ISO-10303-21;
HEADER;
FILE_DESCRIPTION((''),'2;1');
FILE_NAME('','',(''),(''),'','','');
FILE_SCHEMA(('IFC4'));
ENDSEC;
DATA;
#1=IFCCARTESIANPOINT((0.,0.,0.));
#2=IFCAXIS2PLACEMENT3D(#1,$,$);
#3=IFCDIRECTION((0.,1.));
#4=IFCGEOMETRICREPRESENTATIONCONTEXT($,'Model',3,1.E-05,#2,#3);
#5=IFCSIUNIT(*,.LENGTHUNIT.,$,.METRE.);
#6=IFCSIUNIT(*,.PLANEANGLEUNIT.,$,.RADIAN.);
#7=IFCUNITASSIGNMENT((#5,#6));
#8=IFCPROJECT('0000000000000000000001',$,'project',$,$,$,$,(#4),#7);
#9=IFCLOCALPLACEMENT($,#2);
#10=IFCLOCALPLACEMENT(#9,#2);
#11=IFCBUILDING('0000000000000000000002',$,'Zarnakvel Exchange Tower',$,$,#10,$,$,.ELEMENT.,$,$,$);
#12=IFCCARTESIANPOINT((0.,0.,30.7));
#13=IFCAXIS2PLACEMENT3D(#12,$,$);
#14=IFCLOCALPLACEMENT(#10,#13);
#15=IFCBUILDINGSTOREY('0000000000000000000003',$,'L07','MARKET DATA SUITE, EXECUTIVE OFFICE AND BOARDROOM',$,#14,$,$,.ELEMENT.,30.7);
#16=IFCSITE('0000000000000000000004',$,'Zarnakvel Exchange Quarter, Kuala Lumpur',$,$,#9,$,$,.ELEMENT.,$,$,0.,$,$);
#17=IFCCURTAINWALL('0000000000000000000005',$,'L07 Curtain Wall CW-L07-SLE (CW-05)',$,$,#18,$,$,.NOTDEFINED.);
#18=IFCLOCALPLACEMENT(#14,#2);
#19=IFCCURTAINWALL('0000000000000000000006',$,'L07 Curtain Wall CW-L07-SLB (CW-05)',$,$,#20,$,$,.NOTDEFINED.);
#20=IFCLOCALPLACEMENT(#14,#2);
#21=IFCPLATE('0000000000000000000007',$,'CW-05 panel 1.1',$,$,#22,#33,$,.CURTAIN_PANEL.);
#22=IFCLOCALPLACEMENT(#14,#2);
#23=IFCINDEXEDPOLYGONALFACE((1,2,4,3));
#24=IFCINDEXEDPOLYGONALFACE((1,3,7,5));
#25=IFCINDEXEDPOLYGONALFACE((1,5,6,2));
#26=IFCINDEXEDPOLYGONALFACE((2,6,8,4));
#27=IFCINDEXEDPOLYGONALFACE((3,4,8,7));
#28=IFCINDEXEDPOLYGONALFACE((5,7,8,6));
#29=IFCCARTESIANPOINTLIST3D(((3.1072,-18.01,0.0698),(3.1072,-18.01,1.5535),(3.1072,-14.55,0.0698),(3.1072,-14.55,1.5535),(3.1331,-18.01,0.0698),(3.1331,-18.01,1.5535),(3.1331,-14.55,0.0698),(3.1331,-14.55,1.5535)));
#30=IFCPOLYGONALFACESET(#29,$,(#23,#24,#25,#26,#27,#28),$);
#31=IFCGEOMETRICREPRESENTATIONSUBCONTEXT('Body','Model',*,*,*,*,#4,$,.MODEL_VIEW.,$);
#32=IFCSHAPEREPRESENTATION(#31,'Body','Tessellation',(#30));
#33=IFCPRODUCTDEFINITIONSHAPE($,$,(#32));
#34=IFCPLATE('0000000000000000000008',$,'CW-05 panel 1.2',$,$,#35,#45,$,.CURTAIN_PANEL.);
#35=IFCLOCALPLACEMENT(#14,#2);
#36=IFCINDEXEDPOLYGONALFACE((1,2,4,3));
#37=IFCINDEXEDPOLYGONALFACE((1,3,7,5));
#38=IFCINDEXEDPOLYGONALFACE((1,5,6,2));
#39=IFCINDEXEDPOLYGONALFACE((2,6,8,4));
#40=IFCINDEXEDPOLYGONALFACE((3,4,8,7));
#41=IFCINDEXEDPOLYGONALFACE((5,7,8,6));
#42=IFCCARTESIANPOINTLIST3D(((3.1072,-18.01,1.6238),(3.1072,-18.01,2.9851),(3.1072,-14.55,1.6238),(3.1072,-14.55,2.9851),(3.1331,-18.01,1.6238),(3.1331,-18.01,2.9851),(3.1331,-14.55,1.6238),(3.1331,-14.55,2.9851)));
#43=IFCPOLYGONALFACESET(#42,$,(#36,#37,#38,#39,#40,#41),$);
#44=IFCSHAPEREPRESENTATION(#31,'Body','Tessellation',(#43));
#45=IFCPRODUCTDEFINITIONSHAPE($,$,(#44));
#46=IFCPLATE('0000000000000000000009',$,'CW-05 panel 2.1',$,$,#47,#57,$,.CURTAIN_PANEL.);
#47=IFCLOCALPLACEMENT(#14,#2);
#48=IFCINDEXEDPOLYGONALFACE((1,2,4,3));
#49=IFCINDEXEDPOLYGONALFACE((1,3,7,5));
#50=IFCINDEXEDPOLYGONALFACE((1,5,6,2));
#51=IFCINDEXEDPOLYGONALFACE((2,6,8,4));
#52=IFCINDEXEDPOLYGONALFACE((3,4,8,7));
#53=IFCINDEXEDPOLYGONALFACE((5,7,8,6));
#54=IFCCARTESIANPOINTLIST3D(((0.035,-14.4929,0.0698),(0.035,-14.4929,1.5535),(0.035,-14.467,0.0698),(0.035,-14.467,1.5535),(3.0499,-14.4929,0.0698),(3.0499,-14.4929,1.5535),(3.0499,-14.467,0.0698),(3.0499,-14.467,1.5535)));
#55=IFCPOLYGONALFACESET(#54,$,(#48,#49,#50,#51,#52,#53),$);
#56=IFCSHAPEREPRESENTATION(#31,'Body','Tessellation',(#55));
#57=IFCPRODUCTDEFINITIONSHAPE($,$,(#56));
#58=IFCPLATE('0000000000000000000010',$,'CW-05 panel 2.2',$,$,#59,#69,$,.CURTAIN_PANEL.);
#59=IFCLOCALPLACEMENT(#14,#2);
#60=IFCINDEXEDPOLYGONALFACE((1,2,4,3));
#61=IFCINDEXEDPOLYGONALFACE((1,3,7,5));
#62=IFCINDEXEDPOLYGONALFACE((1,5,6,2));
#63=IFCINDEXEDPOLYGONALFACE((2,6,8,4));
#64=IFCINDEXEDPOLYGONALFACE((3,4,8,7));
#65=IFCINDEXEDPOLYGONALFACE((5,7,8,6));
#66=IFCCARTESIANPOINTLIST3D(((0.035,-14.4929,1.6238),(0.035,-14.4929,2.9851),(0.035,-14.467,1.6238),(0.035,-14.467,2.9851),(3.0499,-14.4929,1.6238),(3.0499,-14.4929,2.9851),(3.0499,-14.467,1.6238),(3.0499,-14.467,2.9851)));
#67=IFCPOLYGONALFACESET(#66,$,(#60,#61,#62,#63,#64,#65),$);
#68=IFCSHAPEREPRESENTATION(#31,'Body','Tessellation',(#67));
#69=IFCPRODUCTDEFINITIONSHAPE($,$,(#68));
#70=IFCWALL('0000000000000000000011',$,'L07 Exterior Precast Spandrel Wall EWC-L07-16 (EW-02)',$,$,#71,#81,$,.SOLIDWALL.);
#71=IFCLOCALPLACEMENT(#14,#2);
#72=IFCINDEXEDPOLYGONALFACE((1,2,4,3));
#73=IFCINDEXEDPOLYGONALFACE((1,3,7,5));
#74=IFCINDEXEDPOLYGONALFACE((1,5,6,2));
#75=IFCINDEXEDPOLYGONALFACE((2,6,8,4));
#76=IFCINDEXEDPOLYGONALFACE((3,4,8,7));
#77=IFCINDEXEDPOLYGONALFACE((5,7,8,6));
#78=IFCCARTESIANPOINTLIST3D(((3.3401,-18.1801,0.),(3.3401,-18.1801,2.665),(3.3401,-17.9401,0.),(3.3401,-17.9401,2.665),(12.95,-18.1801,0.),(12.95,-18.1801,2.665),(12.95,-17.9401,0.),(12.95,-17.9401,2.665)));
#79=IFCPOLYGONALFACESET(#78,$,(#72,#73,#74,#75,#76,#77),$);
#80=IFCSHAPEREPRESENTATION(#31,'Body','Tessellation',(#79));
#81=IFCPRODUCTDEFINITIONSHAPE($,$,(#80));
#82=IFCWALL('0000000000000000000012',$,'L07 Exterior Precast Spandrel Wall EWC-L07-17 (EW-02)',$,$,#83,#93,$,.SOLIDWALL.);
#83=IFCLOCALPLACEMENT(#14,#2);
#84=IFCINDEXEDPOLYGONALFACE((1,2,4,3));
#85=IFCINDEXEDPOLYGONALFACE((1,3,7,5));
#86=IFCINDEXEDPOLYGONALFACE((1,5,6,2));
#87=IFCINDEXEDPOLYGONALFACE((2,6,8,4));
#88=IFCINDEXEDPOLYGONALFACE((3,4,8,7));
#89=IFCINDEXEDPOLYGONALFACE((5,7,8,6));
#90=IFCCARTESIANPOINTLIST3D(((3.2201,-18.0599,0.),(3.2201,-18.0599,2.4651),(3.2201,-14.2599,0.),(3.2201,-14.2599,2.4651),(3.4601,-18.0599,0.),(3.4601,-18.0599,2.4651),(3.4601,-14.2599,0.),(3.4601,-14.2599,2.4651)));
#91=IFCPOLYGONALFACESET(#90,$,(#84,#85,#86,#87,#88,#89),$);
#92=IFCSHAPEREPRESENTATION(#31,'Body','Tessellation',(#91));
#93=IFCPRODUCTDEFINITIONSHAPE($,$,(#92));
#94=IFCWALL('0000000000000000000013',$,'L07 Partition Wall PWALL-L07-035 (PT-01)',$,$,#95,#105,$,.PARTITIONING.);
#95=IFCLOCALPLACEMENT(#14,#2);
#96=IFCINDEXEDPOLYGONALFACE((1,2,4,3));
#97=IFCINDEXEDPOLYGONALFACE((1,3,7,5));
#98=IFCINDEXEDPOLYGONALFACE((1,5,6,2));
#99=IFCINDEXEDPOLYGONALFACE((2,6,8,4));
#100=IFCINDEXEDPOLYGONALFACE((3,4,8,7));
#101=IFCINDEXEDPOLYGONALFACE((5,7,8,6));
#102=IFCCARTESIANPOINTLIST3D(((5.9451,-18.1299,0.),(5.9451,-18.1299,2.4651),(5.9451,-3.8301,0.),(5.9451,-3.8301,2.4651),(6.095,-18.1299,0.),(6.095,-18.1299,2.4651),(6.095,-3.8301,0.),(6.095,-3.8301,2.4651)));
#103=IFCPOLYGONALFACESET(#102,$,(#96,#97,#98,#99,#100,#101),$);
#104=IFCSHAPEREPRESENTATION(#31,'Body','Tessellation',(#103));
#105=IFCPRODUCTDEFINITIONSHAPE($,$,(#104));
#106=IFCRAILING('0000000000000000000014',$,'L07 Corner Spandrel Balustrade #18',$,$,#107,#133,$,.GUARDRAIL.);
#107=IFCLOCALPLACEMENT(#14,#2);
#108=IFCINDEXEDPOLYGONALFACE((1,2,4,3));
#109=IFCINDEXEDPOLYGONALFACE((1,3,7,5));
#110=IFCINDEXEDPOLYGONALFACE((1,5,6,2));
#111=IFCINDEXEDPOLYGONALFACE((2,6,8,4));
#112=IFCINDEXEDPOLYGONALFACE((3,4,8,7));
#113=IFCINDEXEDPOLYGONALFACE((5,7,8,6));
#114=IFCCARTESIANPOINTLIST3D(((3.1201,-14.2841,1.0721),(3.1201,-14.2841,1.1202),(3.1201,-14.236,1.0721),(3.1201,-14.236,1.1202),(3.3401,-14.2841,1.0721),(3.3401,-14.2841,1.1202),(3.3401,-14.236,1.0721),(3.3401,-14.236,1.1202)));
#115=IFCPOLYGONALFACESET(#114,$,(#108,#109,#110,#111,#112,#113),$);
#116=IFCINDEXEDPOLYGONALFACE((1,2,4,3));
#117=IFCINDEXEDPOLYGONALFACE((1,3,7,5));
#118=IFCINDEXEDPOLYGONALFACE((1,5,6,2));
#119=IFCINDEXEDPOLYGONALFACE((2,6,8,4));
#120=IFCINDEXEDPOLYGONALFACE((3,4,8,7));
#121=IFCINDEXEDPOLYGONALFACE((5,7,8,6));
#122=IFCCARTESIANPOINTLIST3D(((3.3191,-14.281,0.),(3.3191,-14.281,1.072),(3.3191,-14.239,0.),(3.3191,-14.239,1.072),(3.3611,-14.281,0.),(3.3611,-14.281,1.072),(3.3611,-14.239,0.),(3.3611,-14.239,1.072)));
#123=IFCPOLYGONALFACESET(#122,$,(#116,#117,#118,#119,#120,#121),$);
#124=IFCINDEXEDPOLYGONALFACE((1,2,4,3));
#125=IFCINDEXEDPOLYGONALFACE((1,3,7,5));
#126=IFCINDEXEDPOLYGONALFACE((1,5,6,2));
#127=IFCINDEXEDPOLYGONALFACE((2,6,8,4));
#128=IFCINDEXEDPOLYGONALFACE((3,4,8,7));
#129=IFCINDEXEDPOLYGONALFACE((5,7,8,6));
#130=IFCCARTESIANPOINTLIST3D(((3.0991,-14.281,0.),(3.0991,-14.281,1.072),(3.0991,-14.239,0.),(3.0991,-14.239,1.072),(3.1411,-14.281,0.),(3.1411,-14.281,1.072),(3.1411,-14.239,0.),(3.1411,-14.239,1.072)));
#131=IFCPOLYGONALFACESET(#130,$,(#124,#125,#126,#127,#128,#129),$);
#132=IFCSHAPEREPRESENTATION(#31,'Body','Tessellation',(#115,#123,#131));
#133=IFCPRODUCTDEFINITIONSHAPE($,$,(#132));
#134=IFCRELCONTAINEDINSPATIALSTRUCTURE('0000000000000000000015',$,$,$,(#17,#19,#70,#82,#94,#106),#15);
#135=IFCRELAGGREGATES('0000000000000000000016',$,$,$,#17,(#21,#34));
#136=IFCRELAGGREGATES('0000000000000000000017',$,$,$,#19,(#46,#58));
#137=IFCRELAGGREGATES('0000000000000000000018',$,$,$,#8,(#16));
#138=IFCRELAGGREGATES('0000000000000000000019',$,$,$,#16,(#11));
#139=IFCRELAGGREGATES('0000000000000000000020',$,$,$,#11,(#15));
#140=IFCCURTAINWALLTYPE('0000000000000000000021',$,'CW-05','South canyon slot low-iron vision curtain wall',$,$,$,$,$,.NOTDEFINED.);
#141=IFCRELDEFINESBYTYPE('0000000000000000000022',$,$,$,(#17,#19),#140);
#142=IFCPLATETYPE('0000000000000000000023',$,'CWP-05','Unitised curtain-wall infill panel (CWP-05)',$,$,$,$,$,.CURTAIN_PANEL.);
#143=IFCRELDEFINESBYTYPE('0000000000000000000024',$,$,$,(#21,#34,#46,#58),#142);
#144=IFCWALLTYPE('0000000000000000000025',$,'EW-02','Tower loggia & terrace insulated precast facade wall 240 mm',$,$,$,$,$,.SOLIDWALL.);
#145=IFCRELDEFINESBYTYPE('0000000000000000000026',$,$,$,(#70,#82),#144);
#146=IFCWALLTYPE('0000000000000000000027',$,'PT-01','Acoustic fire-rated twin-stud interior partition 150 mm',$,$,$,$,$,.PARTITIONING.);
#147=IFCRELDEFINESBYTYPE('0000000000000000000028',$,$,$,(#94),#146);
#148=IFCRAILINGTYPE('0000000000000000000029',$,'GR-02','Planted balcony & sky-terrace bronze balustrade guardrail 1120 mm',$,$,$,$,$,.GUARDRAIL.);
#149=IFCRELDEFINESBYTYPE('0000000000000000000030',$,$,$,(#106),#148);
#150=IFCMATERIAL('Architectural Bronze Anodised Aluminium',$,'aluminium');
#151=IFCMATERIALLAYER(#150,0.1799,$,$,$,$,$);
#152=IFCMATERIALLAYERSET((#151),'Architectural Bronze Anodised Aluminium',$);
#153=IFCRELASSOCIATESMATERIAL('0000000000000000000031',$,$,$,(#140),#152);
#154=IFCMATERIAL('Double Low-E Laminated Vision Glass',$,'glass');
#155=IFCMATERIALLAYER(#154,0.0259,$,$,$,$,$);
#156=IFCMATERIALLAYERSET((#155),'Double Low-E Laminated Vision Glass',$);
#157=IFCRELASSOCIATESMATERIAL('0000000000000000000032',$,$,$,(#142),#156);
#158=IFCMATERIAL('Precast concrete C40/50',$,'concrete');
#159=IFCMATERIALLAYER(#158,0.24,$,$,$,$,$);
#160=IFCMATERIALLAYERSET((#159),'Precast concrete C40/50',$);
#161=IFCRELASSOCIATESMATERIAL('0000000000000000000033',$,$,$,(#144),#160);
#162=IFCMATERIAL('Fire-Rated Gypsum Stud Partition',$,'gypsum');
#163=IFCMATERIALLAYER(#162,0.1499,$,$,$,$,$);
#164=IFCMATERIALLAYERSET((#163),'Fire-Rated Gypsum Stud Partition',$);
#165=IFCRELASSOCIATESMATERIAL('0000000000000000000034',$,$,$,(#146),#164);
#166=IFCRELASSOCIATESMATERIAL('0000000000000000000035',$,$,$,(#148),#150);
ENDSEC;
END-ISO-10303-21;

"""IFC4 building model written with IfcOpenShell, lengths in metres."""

from ifc_helpers import new_model, si_unit, direction, frame, frame_2d, origin, origin_2d, place, context, subcontext, project, spatial, rectangle, extrude, source, transform, mapped, material, layer, layer_set, type_object, element, aggregate, save


model = new_model("IFC4")

# Units and contexts
model_context = context("Model", 3, precision=1e-05, world=origin(), true_north=direction((0.0, 1.0)))
body_context = subcontext(model_context, "Body", "Model", "MODEL_VIEW")
ifc_project = project(units=[si_unit("LENGTHUNIT", "METRE"), si_unit("PLANEANGLEUNIT", "RADIAN")], contexts=[model_context])

# Site, building, storey
site_placement = place(None, origin())
site = spatial("IfcSite", under=ifc_project, at=site_placement, Name="Zarnakvel Exchange Quarter, Kuala Lumpur", CompositionType="ELEMENT", RefElevation=0.0)
building_placement = place(site_placement, origin())
building = spatial("IfcBuilding", under=site, at=building_placement, Name="Zarnakvel Exchange Tower", CompositionType="ELEMENT")
storey_placement = place(building_placement, frame((0.0, 0.0, 30.7)))
storey = spatial("IfcBuildingStorey", under=building, at=storey_placement, Name="L07", Description="MARKET DATA SUITE, EXECUTIVE OFFICE AND BOARDROOM", CompositionType="ELEMENT", Elevation=30.7)

# Curtain walls
ifc_material_1 = material(Name="Architectural Bronze Anodised Aluminium", Category="aluminium")
ifc_layer_1 = layer(ifc_material_1, 0.1799)
ifc_layer_set_1 = layer_set([ifc_layer_1], Name="Architectural Bronze Anodised Aluminium")
curtain_wall_type = type_object("IfcCurtainWallType", Name="CW-05", Description="South canyon slot low-iron vision curtain wall", PredefinedType="NOTDEFINED", material=ifc_layer_set_1)
curtain_wall_1_placement = place(storey_placement, origin())
curtain_wall_1 = element("IfcCurtainWall", 1, at=curtain_wall_1_placement, inside=storey, type_object=curtain_wall_type, Name="L07 Curtain Wall CW-L07-SLE (CW-05)", PredefinedType="NOTDEFINED")
curtain_wall_2_placement = place(storey_placement, origin())
curtain_wall_2 = element("IfcCurtainWall", 2, at=curtain_wall_2_placement, inside=storey, type_object=curtain_wall_type, Name="L07 Curtain Wall CW-L07-SLB (CW-05)", PredefinedType="NOTDEFINED")

# Plates
ifc_material_2 = material(Name="Double Low-E Laminated Vision Glass", Category="glass")
ifc_layer_2 = layer(ifc_material_2, 0.0259)
ifc_layer_set_2 = layer_set([ifc_layer_2], Name="Double Low-E Laminated Vision Glass")
plate_type = type_object("IfcPlateType", Name="CWP-05", Description="Unitised curtain-wall infill panel (CWP-05)", PredefinedType="CURTAIN_PANEL", material=ifc_layer_set_2)
shared_shape_1 = source(origin(), body_context, "Body", "SweptSolid", [
    extrude(rectangle(XDim=3.46, YDim=0.0259, at=origin_2d()), origin(), (0.0, 0.0, 1.0), 1.4836),
])
plate_1_placement = place(storey_placement, frame((3.1201, -16.28, 0.0698), z_axis=(0.0, 0.0, 1.0), x_axis=(0.0, -1.0, 0.0)))
plate_1 = element("IfcPlate", 3, at=plate_1_placement, type_object=plate_type, Name="CW-05 panel 1.1", PredefinedType="CURTAIN_PANEL", context=body_context, shape_type="MappedRepresentation", body=[
    mapped(shared_shape_1, transform((0.0, 0.0, 0.0), x_axis=(1.0, 0.0, 0.0), y_axis=(0.0, 1.0, 0.0), z_axis=(0.0, 0.0, 1.0), scale=1.0)),
])
shared_shape_2 = source(origin(), body_context, "Body", "SweptSolid", [
    extrude(rectangle(XDim=3.46, YDim=0.0259, at=origin_2d()), origin(), (0.0, 0.0, 1.0), 1.3613),
])
plate_2_placement = place(storey_placement, frame((3.1201, -16.28, 1.6238), z_axis=(0.0, 0.0, 1.0), x_axis=(0.0, -1.0, 0.0)))
plate_2 = element("IfcPlate", 4, at=plate_2_placement, type_object=plate_type, Name="CW-05 panel 1.2", PredefinedType="CURTAIN_PANEL", context=body_context, shape_type="MappedRepresentation", body=[
    mapped(shared_shape_2, transform((0.0, 0.0, 0.0), x_axis=(1.0, 0.0, 0.0), y_axis=(0.0, 1.0, 0.0), z_axis=(0.0, 0.0, 1.0), scale=1.0)),
])
aggregate(curtain_wall_1, [plate_1, plate_2])
shared_shape_3 = source(origin(), body_context, "Body", "SweptSolid", [
    extrude(rectangle(XDim=3.0149, YDim=0.0259, at=origin_2d()), origin(), (0.0, 0.0, 1.0), 1.4836),
])
plate_3_placement = place(storey_placement, frame((1.5425, -14.48, 0.0698), z_axis=(0.0, 0.0, 1.0), x_axis=(1.0, 0.0, 0.0)))
plate_3 = element("IfcPlate", 5, at=plate_3_placement, type_object=plate_type, Name="CW-05 panel 2.1", PredefinedType="CURTAIN_PANEL", context=body_context, shape_type="MappedRepresentation", body=[
    mapped(shared_shape_3, transform((0.0, 0.0, 0.0), x_axis=(1.0, 0.0, 0.0), y_axis=(0.0, 1.0, 0.0), z_axis=(0.0, 0.0, 1.0), scale=1.0)),
])
shared_shape_4 = source(origin(), body_context, "Body", "SweptSolid", [
    extrude(rectangle(XDim=3.0149, YDim=0.0259, at=origin_2d()), origin(), (0.0, 0.0, 1.0), 1.3613),
])
plate_4_placement = place(storey_placement, frame((1.5425, -14.48, 1.6238), z_axis=(0.0, 0.0, 1.0), x_axis=(1.0, 0.0, 0.0)))
plate_4 = element("IfcPlate", 6, at=plate_4_placement, type_object=plate_type, Name="CW-05 panel 2.2", PredefinedType="CURTAIN_PANEL", context=body_context, shape_type="MappedRepresentation", body=[
    mapped(shared_shape_4, transform((0.0, 0.0, 0.0), x_axis=(1.0, 0.0, 0.0), y_axis=(0.0, 1.0, 0.0), z_axis=(0.0, 0.0, 1.0), scale=1.0)),
])
aggregate(curtain_wall_2, [plate_3, plate_4])

# Walls
ifc_material_3 = material(Name="Precast concrete C40/50", Category="concrete")
ifc_layer_3 = layer(ifc_material_3, 0.24)
ifc_layer_set_3 = layer_set([ifc_layer_3], Name="Precast concrete C40/50")
wall_type_1 = type_object("IfcWallType", Name="EW-02", Description="Tower loggia & terrace insulated precast facade wall 240 mm", PredefinedType="SOLIDWALL", material=ifc_layer_set_3)
wall_1_placement = place(storey_placement, frame((3.3401, -18.0601, 0.0), z_axis=(0.0, 0.0, 1.0), x_axis=(1.0, 0.0, 0.0)))
element("IfcWall", 7, at=wall_1_placement, inside=storey, type_object=wall_type_1, Name="L07 Exterior Precast Spandrel Wall EWC-L07-16 (EW-02)", PredefinedType="SOLIDWALL", context=body_context, shape_type="SweptSolid", body=[
    extrude(rectangle(XDim=9.6099, YDim=0.24, at=frame_2d((4.8049, 0.0))), origin(), (0.0, 0.0, 1.0), 2.665),
])
wall_2_placement = place(storey_placement, frame((3.3401, -14.26, 0.0), z_axis=(0.0, 0.0, 1.0), x_axis=(0.0, -1.0, 0.0)))
element("IfcWall", 8, at=wall_2_placement, inside=storey, type_object=wall_type_1, Name="L07 Exterior Precast Spandrel Wall EWC-L07-17 (EW-02)", PredefinedType="SOLIDWALL", context=body_context, shape_type="SweptSolid", body=[
    extrude(rectangle(XDim=3.8, YDim=0.24, at=frame_2d((1.8999, 0.0))), origin(), (0.0, 0.0, 1.0), 2.4651),
])
ifc_material_4 = material(Name="Fire-Rated Gypsum Stud Partition", Category="gypsum")
ifc_layer_4 = layer(ifc_material_4, 0.1499)
ifc_layer_set_4 = layer_set([ifc_layer_4], Name="Fire-Rated Gypsum Stud Partition")
wall_type_2 = type_object("IfcWallType", Name="PT-01", Description="Acoustic fire-rated twin-stud interior partition 150 mm", PredefinedType="PARTITIONING", material=ifc_layer_set_4)
wall_3_placement = place(storey_placement, frame((6.02, -18.1299, 0.0), z_axis=(0.0, 0.0, 1.0), x_axis=(0.0, 1.0, 0.0)))
element("IfcWall", 9, at=wall_3_placement, inside=storey, type_object=wall_type_2, Name="L07 Partition Wall PWALL-L07-035 (PT-01)", PredefinedType="PARTITIONING", context=body_context, shape_type="SweptSolid", body=[
    extrude(rectangle(XDim=14.2998, YDim=0.1499, at=frame_2d((7.1499, 0.0))), origin(), (0.0, 0.0, 1.0), 2.4651),
])

# Railing
railing_type = type_object("IfcRailingType", Name="GR-02", Description="Planted balcony & sky-terrace bronze balustrade guardrail 1120 mm", PredefinedType="GUARDRAIL", material=ifc_material_1)
railing_placement = place(storey_placement, frame((3.3401, -14.26, 0.0)))
element("IfcRailing", 10, at=railing_placement, inside=storey, type_object=railing_type, Name="L07 Corner Spandrel Balustrade #18", PredefinedType="GUARDRAIL", context=body_context, shape_type="SweptSolid", body=[
    extrude(rectangle(XDim=0.0481, YDim=0.0481, at=origin_2d()), frame((0.0, 0.0, 1.0962), z_axis=(-1.0, 0.0, 0.0), x_axis=(0.0, -1.0, 0.0)), (0.0, 0.0, 1.0), 0.22),
    extrude(rectangle(XDim=0.042, YDim=0.042, at=origin_2d()), origin(), (0.0, 0.0, 1.0), 1.072),
    extrude(rectangle(XDim=0.042, YDim=0.042, at=origin_2d()), frame((-0.22, 0.0, 0.0)), (0.0, 0.0, 1.0), 1.072),
])

save(model, "model.ifc")
